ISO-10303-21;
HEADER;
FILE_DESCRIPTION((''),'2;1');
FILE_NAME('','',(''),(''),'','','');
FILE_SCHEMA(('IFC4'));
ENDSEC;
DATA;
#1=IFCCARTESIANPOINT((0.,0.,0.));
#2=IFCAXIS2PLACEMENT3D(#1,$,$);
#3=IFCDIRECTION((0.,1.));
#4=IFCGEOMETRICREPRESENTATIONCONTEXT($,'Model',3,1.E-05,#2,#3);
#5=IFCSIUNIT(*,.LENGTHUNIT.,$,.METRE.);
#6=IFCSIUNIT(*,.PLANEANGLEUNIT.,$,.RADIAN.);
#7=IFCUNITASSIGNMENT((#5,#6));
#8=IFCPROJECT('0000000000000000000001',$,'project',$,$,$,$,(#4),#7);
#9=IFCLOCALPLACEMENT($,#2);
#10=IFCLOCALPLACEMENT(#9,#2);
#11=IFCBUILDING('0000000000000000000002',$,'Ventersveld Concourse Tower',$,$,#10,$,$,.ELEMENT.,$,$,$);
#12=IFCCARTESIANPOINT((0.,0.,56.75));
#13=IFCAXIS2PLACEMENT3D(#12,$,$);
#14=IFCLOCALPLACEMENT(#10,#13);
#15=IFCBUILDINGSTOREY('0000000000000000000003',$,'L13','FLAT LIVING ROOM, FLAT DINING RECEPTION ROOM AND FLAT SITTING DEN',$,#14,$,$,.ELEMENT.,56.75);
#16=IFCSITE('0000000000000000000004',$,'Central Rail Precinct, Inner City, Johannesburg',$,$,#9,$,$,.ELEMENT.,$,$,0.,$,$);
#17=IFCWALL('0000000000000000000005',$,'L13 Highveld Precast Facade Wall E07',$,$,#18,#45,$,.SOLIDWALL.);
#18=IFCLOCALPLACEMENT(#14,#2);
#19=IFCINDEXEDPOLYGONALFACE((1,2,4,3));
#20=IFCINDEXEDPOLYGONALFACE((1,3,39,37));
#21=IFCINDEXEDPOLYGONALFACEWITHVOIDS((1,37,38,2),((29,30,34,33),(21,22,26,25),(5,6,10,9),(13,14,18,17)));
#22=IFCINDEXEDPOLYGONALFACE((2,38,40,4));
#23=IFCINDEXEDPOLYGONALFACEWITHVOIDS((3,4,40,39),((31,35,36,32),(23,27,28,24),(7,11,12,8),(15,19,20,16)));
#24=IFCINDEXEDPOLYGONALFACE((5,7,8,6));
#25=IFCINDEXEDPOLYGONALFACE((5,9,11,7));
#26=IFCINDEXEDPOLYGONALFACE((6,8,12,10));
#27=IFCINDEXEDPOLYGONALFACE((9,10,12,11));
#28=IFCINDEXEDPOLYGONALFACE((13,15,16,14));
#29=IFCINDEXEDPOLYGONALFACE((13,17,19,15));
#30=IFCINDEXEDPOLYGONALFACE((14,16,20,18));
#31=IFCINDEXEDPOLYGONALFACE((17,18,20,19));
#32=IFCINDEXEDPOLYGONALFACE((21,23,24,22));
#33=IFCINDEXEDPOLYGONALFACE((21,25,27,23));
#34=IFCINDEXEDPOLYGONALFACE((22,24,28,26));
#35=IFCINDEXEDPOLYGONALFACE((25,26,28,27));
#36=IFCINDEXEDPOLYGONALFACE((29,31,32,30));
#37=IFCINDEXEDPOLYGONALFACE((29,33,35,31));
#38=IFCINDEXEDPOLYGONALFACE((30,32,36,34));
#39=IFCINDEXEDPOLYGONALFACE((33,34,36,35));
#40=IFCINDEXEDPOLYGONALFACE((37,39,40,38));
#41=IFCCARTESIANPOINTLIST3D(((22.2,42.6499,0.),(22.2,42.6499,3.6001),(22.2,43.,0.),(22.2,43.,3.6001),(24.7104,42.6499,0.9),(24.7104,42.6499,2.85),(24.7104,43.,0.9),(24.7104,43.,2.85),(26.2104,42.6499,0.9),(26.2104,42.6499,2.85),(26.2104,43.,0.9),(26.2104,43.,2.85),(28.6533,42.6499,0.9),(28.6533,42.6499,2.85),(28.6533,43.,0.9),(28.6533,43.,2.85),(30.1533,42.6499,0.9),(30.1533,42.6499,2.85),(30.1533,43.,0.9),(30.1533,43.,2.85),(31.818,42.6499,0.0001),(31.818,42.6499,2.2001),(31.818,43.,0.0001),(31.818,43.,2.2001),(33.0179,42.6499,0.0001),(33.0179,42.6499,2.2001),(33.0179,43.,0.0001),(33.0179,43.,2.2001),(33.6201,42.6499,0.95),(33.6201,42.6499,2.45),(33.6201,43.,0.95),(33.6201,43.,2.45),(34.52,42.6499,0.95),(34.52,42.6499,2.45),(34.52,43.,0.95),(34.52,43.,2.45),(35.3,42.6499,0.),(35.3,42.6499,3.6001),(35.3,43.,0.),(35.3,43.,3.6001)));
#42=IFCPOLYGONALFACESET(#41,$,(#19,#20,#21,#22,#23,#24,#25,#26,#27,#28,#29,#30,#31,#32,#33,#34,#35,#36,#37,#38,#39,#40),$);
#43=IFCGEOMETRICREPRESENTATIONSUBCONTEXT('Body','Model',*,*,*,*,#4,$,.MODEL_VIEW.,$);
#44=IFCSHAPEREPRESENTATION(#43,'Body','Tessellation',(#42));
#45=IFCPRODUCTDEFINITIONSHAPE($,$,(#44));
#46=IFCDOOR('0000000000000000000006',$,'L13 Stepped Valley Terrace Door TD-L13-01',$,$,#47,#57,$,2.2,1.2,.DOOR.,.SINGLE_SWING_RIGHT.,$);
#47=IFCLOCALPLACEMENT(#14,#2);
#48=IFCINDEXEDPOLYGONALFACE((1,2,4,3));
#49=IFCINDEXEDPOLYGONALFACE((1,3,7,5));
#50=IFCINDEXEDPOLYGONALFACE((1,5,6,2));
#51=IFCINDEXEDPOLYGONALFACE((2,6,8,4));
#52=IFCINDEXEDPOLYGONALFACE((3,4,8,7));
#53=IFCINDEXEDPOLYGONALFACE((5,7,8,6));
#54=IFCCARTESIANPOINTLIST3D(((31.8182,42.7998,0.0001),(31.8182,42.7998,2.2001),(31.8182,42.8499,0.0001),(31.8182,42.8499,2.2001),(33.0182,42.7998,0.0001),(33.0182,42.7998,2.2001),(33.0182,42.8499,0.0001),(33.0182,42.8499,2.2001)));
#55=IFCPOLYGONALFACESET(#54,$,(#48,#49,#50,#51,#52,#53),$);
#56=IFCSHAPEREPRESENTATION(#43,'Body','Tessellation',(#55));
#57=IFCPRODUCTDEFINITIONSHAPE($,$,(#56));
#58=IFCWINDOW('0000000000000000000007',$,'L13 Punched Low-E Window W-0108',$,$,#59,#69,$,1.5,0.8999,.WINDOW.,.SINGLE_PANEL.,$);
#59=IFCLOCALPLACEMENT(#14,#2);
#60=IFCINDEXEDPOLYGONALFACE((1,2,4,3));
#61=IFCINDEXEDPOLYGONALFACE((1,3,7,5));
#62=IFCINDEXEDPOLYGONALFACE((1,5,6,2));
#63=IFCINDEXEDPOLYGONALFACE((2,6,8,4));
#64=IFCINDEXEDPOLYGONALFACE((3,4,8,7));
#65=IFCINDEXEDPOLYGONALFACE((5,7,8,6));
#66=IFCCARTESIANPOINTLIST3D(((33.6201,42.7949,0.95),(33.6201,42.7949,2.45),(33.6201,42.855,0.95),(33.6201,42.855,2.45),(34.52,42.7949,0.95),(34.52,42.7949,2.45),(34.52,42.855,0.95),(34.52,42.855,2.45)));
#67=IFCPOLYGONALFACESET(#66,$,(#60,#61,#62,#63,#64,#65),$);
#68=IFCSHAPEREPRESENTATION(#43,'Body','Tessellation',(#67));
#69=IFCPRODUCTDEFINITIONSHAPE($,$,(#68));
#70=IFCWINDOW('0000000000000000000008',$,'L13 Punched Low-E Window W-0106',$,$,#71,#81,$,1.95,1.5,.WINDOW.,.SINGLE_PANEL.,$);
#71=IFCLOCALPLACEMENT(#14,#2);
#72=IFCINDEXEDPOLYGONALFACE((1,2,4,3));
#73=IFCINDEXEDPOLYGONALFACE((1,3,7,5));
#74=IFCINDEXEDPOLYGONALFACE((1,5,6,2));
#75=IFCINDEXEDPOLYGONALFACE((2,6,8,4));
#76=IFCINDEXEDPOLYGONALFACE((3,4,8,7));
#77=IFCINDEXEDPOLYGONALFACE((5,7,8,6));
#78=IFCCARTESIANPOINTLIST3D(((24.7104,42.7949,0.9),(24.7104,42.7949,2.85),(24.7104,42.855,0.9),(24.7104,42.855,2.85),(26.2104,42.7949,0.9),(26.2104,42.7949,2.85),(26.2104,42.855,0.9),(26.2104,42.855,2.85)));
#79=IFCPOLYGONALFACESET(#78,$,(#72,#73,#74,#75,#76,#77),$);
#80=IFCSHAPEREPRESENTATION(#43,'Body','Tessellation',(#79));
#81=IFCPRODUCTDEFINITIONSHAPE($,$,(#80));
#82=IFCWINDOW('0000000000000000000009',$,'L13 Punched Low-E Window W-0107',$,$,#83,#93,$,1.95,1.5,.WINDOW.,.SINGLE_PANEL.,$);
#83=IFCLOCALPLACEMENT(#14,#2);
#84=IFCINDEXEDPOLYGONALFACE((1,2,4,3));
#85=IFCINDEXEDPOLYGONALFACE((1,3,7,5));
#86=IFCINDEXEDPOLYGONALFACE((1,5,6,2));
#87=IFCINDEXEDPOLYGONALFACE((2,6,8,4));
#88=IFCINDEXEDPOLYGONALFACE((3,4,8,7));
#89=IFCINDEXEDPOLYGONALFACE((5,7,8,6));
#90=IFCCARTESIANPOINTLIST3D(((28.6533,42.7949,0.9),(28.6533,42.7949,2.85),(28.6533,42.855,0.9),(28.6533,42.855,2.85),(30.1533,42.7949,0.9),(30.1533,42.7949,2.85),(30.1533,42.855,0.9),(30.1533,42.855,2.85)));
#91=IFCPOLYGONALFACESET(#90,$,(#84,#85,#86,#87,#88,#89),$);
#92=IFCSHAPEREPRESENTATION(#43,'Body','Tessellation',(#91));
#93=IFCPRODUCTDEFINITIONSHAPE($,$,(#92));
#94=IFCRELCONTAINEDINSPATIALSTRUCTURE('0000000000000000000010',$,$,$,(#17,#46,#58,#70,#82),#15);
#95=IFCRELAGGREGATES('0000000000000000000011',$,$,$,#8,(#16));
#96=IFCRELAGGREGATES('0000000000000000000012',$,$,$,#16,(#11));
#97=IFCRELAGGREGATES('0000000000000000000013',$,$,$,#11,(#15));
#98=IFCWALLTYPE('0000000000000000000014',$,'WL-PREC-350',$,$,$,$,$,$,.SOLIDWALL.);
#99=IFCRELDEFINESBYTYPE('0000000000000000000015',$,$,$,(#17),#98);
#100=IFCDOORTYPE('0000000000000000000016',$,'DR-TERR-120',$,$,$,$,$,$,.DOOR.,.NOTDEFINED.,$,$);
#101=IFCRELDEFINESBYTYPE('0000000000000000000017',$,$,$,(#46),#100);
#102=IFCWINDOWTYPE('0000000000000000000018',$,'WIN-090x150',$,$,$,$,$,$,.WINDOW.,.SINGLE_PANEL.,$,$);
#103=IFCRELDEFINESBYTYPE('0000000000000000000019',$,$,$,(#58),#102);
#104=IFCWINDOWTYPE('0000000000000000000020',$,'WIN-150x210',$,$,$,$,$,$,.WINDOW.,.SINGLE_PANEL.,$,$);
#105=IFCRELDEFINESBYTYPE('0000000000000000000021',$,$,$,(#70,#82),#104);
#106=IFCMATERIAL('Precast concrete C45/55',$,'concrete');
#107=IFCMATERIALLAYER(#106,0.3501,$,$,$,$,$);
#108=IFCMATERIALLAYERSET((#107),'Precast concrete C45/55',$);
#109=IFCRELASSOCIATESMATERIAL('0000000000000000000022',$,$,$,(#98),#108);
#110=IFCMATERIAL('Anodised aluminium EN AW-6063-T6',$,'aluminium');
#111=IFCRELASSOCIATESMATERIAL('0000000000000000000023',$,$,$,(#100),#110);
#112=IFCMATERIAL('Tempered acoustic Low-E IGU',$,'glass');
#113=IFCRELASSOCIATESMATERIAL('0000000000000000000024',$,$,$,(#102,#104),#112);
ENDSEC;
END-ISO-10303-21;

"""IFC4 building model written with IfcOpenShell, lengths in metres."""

from ifc_helpers import new_model, si_unit, direction, frame, frame_2d, origin, place, context, subcontext, project, spatial, rectangle, extrude, material, layer, layer_set, type_object, element, fill, save


model = new_model("IFC4")

# Units and contexts
model_context = context("Model", 3, precision=1e-05, world=origin(), true_north=direction((0.0, 1.0)))
body_context = subcontext(model_context, "Body", "Model", "MODEL_VIEW")
ifc_project = project(units=[si_unit("LENGTHUNIT", "METRE"), si_unit("PLANEANGLEUNIT", "RADIAN")], contexts=[model_context])

# Site, building, storey
site_placement = place(None, origin())
site = spatial("IfcSite", under=ifc_project, at=site_placement, Name="Central Rail Precinct, Inner City, Johannesburg", CompositionType="ELEMENT", RefElevation=0.0)
building_placement = place(site_placement, origin())
building = spatial("IfcBuilding", under=site, at=building_placement, Name="Ventersveld Concourse Tower", CompositionType="ELEMENT")
storey_placement = place(building_placement, frame((0.0, 0.0, 56.75)))
storey = spatial("IfcBuildingStorey", under=building, at=storey_placement, Name="L13", Description="FLAT LIVING ROOM, FLAT DINING RECEPTION ROOM AND FLAT SITTING DEN", CompositionType="ELEMENT", Elevation=56.75)

# Shared definitions
ifc_material_1 = material(Name="Precast concrete C45/55", Category="concrete")
ifc_layer_1 = layer(ifc_material_1, 0.3501)
ifc_layer_set_1 = layer_set([ifc_layer_1], Name="Precast concrete C45/55")
wall_type_1 = type_object("IfcWallType", Name="WL-PREC-350", PredefinedType="SOLIDWALL", material=ifc_layer_set_1)

# Wall, openings, door, windows
wall_1_placement = place(storey_placement, frame((35.3, 42.825, 0.0), z_axis=(0.0, 0.0, 1.0), x_axis=(-1.0, 0.0, 0.0)))
wall_1 = element("IfcWall", 1, at=wall_1_placement, inside=storey, type_object=wall_type_1, Name="L13 Highveld Precast Facade Wall E07", PredefinedType="SOLIDWALL", context=body_context, shape_type="SweptSolid", body=[
    extrude(rectangle(XDim=13.1001, YDim=0.3501, at=frame_2d((6.55, 0.0))), origin(), (0.0, 0.0, 1.0), 3.6001),
])
opening_1_placement = place(wall_1_placement, frame((2.282, 0.0, 0.0)))
opening_1 = element("IfcOpeningElement", 2, at=opening_1_placement, cuts=wall_1, PredefinedType="OPENING", context=body_context, shape_type="SweptSolid", body=[
    extrude(rectangle(XDim=1.2, YDim=2.2, at=frame_2d((0.6001, 1.1001))), frame((0.0, 0.1851, 0.0), z_axis=(0.0, -1.0, 0.0), x_axis=(1.0, 0.0, 0.0)), (0.0, 0.0, 1.0), 0.3701),
])
opening_2_placement = place(wall_1_placement, frame((9.0896, 0.0, 0.8999)))
opening_2 = element("IfcOpeningElement", 3, at=opening_2_placement, cuts=wall_1, PredefinedType="OPENING", context=body_context, shape_type="SweptSolid", body=[
    extrude(rectangle(XDim=1.5, YDim=1.95, at=frame_2d((0.75, 0.9751))), frame((0.0, 0.1851, 0.0), z_axis=(0.0, -1.0, 0.0), x_axis=(1.0, 0.0, 0.0)), (0.0, 0.0, 1.0), 0.3701),
])
opening_3_placement = place(wall_1_placement, frame((5.1467, 0.0, 0.8999)))
opening_3 = element("IfcOpeningElement", 4, at=opening_3_placement, cuts=wall_1, PredefinedType="OPENING", context=body_context, shape_type="SweptSolid", body=[
    extrude(rectangle(XDim=1.5, YDim=1.95, at=frame_2d((0.75, 0.9751))), frame((0.0, 0.1851, 0.0), z_axis=(0.0, -1.0, 0.0), x_axis=(1.0, 0.0, 0.0)), (0.0, 0.0, 1.0), 0.3701),
])
opening_4_placement = place(wall_1_placement, frame((0.78, 0.0, 0.95)))
opening_4 = element("IfcOpeningElement", 5, at=opening_4_placement, cuts=wall_1, PredefinedType="OPENING", context=body_context, shape_type="SweptSolid", body=[
    extrude(rectangle(XDim=0.8999, YDim=1.5, at=frame_2d((0.45, 0.75))), frame((0.0, 0.1851, 0.0), z_axis=(0.0, -1.0, 0.0), x_axis=(1.0, 0.0, 0.0)), (0.0, 0.0, 1.0), 0.3701),
])
ifc_material_2 = material(Name="Anodised aluminium EN AW-6063-T6", Category="aluminium")
door_type_1 = type_object("IfcDoorType", Name="DR-TERR-120", OperationType="NOTDEFINED", PredefinedType="DOOR", material=ifc_material_2)
door_1_placement = place(opening_1_placement, frame((1.2, 0.0, 0.0), z_axis=(0.0, 0.0, 1.0), x_axis=(-1.0, 0.0, 0.0)))
door_1 = element("IfcDoor", 6, at=door_1_placement, inside=storey, type_object=door_type_1, Name="L13 Stepped Valley Terrace Door TD-L13-01", OperationType="SINGLE_SWING_RIGHT", OverallHeight=2.2, OverallWidth=1.2, PredefinedType="DOOR", context=body_context, shape_type="SweptSolid", body=[
    extrude(rectangle(XDim=1.2, YDim=2.2, at=frame_2d((0.6001, 1.1001))), frame((0.0, 0.0249, 0.0), z_axis=(0.0, -1.0, 0.0), x_axis=(1.0, 0.0, 0.0)), (0.0, 0.0, 1.0), 0.05),
])
fill(opening_1, door_1)
ifc_material_3 = material(Name="Tempered acoustic Low-E IGU", Category="glass")
window_type_1 = type_object("IfcWindowType", Name="WIN-090x150", PartitioningType="SINGLE_PANEL", PredefinedType="WINDOW", material=ifc_material_3)
window_1_placement = place(opening_4_placement, origin())
window_1 = element("IfcWindow", 7, at=window_1_placement, inside=storey, type_object=window_type_1, Name="L13 Punched Low-E Window W-0108", OverallHeight=1.5, OverallWidth=0.8999, PartitioningType="SINGLE_PANEL", PredefinedType="WINDOW", context=body_context, shape_type="SweptSolid", body=[
    extrude(rectangle(XDim=0.8999, YDim=1.5, at=frame_2d((0.45, 0.75))), frame((0.0, 0.03, 0.0), z_axis=(0.0, -1.0, 0.0), x_axis=(1.0, 0.0, 0.0)), (0.0, 0.0, 1.0), 0.0601),
])
fill(opening_4, window_1)
window_type_2 = type_object("IfcWindowType", Name="WIN-150x210", PartitioningType="SINGLE_PANEL", PredefinedType="WINDOW", material=ifc_material_3)
window_2_placement = place(opening_2_placement, origin())
window_2 = element("IfcWindow", 8, at=window_2_placement, inside=storey, type_object=window_type_2, Name="L13 Punched Low-E Window W-0106", OverallHeight=1.95, OverallWidth=1.5, PartitioningType="SINGLE_PANEL", PredefinedType="WINDOW", context=body_context, shape_type="SweptSolid", body=[
    extrude(rectangle(XDim=1.5, YDim=1.95, at=frame_2d((0.75, 0.9751))), frame((0.0, 0.03, 0.0), z_axis=(0.0, -1.0, 0.0), x_axis=(1.0, 0.0, 0.0)), (0.0, 0.0, 1.0), 0.0601),
])
fill(opening_2, window_2)
window_3_placement = place(opening_3_placement, origin())
window_3 = element("IfcWindow", 9, at=window_3_placement, inside=storey, type_object=window_type_2, Name="L13 Punched Low-E Window W-0107", OverallHeight=1.95, OverallWidth=1.5, PartitioningType="SINGLE_PANEL", PredefinedType="WINDOW", context=body_context, shape_type="SweptSolid", body=[
    extrude(rectangle(XDim=1.5, YDim=1.95, at=frame_2d((0.75, 0.9751))), frame((0.0, 0.03, 0.0), z_axis=(0.0, -1.0, 0.0), x_axis=(1.0, 0.0, 0.0)), (0.0, 0.0, 1.0), 0.0601),
])
fill(opening_3, window_3)

save(model, "model.ifc")
